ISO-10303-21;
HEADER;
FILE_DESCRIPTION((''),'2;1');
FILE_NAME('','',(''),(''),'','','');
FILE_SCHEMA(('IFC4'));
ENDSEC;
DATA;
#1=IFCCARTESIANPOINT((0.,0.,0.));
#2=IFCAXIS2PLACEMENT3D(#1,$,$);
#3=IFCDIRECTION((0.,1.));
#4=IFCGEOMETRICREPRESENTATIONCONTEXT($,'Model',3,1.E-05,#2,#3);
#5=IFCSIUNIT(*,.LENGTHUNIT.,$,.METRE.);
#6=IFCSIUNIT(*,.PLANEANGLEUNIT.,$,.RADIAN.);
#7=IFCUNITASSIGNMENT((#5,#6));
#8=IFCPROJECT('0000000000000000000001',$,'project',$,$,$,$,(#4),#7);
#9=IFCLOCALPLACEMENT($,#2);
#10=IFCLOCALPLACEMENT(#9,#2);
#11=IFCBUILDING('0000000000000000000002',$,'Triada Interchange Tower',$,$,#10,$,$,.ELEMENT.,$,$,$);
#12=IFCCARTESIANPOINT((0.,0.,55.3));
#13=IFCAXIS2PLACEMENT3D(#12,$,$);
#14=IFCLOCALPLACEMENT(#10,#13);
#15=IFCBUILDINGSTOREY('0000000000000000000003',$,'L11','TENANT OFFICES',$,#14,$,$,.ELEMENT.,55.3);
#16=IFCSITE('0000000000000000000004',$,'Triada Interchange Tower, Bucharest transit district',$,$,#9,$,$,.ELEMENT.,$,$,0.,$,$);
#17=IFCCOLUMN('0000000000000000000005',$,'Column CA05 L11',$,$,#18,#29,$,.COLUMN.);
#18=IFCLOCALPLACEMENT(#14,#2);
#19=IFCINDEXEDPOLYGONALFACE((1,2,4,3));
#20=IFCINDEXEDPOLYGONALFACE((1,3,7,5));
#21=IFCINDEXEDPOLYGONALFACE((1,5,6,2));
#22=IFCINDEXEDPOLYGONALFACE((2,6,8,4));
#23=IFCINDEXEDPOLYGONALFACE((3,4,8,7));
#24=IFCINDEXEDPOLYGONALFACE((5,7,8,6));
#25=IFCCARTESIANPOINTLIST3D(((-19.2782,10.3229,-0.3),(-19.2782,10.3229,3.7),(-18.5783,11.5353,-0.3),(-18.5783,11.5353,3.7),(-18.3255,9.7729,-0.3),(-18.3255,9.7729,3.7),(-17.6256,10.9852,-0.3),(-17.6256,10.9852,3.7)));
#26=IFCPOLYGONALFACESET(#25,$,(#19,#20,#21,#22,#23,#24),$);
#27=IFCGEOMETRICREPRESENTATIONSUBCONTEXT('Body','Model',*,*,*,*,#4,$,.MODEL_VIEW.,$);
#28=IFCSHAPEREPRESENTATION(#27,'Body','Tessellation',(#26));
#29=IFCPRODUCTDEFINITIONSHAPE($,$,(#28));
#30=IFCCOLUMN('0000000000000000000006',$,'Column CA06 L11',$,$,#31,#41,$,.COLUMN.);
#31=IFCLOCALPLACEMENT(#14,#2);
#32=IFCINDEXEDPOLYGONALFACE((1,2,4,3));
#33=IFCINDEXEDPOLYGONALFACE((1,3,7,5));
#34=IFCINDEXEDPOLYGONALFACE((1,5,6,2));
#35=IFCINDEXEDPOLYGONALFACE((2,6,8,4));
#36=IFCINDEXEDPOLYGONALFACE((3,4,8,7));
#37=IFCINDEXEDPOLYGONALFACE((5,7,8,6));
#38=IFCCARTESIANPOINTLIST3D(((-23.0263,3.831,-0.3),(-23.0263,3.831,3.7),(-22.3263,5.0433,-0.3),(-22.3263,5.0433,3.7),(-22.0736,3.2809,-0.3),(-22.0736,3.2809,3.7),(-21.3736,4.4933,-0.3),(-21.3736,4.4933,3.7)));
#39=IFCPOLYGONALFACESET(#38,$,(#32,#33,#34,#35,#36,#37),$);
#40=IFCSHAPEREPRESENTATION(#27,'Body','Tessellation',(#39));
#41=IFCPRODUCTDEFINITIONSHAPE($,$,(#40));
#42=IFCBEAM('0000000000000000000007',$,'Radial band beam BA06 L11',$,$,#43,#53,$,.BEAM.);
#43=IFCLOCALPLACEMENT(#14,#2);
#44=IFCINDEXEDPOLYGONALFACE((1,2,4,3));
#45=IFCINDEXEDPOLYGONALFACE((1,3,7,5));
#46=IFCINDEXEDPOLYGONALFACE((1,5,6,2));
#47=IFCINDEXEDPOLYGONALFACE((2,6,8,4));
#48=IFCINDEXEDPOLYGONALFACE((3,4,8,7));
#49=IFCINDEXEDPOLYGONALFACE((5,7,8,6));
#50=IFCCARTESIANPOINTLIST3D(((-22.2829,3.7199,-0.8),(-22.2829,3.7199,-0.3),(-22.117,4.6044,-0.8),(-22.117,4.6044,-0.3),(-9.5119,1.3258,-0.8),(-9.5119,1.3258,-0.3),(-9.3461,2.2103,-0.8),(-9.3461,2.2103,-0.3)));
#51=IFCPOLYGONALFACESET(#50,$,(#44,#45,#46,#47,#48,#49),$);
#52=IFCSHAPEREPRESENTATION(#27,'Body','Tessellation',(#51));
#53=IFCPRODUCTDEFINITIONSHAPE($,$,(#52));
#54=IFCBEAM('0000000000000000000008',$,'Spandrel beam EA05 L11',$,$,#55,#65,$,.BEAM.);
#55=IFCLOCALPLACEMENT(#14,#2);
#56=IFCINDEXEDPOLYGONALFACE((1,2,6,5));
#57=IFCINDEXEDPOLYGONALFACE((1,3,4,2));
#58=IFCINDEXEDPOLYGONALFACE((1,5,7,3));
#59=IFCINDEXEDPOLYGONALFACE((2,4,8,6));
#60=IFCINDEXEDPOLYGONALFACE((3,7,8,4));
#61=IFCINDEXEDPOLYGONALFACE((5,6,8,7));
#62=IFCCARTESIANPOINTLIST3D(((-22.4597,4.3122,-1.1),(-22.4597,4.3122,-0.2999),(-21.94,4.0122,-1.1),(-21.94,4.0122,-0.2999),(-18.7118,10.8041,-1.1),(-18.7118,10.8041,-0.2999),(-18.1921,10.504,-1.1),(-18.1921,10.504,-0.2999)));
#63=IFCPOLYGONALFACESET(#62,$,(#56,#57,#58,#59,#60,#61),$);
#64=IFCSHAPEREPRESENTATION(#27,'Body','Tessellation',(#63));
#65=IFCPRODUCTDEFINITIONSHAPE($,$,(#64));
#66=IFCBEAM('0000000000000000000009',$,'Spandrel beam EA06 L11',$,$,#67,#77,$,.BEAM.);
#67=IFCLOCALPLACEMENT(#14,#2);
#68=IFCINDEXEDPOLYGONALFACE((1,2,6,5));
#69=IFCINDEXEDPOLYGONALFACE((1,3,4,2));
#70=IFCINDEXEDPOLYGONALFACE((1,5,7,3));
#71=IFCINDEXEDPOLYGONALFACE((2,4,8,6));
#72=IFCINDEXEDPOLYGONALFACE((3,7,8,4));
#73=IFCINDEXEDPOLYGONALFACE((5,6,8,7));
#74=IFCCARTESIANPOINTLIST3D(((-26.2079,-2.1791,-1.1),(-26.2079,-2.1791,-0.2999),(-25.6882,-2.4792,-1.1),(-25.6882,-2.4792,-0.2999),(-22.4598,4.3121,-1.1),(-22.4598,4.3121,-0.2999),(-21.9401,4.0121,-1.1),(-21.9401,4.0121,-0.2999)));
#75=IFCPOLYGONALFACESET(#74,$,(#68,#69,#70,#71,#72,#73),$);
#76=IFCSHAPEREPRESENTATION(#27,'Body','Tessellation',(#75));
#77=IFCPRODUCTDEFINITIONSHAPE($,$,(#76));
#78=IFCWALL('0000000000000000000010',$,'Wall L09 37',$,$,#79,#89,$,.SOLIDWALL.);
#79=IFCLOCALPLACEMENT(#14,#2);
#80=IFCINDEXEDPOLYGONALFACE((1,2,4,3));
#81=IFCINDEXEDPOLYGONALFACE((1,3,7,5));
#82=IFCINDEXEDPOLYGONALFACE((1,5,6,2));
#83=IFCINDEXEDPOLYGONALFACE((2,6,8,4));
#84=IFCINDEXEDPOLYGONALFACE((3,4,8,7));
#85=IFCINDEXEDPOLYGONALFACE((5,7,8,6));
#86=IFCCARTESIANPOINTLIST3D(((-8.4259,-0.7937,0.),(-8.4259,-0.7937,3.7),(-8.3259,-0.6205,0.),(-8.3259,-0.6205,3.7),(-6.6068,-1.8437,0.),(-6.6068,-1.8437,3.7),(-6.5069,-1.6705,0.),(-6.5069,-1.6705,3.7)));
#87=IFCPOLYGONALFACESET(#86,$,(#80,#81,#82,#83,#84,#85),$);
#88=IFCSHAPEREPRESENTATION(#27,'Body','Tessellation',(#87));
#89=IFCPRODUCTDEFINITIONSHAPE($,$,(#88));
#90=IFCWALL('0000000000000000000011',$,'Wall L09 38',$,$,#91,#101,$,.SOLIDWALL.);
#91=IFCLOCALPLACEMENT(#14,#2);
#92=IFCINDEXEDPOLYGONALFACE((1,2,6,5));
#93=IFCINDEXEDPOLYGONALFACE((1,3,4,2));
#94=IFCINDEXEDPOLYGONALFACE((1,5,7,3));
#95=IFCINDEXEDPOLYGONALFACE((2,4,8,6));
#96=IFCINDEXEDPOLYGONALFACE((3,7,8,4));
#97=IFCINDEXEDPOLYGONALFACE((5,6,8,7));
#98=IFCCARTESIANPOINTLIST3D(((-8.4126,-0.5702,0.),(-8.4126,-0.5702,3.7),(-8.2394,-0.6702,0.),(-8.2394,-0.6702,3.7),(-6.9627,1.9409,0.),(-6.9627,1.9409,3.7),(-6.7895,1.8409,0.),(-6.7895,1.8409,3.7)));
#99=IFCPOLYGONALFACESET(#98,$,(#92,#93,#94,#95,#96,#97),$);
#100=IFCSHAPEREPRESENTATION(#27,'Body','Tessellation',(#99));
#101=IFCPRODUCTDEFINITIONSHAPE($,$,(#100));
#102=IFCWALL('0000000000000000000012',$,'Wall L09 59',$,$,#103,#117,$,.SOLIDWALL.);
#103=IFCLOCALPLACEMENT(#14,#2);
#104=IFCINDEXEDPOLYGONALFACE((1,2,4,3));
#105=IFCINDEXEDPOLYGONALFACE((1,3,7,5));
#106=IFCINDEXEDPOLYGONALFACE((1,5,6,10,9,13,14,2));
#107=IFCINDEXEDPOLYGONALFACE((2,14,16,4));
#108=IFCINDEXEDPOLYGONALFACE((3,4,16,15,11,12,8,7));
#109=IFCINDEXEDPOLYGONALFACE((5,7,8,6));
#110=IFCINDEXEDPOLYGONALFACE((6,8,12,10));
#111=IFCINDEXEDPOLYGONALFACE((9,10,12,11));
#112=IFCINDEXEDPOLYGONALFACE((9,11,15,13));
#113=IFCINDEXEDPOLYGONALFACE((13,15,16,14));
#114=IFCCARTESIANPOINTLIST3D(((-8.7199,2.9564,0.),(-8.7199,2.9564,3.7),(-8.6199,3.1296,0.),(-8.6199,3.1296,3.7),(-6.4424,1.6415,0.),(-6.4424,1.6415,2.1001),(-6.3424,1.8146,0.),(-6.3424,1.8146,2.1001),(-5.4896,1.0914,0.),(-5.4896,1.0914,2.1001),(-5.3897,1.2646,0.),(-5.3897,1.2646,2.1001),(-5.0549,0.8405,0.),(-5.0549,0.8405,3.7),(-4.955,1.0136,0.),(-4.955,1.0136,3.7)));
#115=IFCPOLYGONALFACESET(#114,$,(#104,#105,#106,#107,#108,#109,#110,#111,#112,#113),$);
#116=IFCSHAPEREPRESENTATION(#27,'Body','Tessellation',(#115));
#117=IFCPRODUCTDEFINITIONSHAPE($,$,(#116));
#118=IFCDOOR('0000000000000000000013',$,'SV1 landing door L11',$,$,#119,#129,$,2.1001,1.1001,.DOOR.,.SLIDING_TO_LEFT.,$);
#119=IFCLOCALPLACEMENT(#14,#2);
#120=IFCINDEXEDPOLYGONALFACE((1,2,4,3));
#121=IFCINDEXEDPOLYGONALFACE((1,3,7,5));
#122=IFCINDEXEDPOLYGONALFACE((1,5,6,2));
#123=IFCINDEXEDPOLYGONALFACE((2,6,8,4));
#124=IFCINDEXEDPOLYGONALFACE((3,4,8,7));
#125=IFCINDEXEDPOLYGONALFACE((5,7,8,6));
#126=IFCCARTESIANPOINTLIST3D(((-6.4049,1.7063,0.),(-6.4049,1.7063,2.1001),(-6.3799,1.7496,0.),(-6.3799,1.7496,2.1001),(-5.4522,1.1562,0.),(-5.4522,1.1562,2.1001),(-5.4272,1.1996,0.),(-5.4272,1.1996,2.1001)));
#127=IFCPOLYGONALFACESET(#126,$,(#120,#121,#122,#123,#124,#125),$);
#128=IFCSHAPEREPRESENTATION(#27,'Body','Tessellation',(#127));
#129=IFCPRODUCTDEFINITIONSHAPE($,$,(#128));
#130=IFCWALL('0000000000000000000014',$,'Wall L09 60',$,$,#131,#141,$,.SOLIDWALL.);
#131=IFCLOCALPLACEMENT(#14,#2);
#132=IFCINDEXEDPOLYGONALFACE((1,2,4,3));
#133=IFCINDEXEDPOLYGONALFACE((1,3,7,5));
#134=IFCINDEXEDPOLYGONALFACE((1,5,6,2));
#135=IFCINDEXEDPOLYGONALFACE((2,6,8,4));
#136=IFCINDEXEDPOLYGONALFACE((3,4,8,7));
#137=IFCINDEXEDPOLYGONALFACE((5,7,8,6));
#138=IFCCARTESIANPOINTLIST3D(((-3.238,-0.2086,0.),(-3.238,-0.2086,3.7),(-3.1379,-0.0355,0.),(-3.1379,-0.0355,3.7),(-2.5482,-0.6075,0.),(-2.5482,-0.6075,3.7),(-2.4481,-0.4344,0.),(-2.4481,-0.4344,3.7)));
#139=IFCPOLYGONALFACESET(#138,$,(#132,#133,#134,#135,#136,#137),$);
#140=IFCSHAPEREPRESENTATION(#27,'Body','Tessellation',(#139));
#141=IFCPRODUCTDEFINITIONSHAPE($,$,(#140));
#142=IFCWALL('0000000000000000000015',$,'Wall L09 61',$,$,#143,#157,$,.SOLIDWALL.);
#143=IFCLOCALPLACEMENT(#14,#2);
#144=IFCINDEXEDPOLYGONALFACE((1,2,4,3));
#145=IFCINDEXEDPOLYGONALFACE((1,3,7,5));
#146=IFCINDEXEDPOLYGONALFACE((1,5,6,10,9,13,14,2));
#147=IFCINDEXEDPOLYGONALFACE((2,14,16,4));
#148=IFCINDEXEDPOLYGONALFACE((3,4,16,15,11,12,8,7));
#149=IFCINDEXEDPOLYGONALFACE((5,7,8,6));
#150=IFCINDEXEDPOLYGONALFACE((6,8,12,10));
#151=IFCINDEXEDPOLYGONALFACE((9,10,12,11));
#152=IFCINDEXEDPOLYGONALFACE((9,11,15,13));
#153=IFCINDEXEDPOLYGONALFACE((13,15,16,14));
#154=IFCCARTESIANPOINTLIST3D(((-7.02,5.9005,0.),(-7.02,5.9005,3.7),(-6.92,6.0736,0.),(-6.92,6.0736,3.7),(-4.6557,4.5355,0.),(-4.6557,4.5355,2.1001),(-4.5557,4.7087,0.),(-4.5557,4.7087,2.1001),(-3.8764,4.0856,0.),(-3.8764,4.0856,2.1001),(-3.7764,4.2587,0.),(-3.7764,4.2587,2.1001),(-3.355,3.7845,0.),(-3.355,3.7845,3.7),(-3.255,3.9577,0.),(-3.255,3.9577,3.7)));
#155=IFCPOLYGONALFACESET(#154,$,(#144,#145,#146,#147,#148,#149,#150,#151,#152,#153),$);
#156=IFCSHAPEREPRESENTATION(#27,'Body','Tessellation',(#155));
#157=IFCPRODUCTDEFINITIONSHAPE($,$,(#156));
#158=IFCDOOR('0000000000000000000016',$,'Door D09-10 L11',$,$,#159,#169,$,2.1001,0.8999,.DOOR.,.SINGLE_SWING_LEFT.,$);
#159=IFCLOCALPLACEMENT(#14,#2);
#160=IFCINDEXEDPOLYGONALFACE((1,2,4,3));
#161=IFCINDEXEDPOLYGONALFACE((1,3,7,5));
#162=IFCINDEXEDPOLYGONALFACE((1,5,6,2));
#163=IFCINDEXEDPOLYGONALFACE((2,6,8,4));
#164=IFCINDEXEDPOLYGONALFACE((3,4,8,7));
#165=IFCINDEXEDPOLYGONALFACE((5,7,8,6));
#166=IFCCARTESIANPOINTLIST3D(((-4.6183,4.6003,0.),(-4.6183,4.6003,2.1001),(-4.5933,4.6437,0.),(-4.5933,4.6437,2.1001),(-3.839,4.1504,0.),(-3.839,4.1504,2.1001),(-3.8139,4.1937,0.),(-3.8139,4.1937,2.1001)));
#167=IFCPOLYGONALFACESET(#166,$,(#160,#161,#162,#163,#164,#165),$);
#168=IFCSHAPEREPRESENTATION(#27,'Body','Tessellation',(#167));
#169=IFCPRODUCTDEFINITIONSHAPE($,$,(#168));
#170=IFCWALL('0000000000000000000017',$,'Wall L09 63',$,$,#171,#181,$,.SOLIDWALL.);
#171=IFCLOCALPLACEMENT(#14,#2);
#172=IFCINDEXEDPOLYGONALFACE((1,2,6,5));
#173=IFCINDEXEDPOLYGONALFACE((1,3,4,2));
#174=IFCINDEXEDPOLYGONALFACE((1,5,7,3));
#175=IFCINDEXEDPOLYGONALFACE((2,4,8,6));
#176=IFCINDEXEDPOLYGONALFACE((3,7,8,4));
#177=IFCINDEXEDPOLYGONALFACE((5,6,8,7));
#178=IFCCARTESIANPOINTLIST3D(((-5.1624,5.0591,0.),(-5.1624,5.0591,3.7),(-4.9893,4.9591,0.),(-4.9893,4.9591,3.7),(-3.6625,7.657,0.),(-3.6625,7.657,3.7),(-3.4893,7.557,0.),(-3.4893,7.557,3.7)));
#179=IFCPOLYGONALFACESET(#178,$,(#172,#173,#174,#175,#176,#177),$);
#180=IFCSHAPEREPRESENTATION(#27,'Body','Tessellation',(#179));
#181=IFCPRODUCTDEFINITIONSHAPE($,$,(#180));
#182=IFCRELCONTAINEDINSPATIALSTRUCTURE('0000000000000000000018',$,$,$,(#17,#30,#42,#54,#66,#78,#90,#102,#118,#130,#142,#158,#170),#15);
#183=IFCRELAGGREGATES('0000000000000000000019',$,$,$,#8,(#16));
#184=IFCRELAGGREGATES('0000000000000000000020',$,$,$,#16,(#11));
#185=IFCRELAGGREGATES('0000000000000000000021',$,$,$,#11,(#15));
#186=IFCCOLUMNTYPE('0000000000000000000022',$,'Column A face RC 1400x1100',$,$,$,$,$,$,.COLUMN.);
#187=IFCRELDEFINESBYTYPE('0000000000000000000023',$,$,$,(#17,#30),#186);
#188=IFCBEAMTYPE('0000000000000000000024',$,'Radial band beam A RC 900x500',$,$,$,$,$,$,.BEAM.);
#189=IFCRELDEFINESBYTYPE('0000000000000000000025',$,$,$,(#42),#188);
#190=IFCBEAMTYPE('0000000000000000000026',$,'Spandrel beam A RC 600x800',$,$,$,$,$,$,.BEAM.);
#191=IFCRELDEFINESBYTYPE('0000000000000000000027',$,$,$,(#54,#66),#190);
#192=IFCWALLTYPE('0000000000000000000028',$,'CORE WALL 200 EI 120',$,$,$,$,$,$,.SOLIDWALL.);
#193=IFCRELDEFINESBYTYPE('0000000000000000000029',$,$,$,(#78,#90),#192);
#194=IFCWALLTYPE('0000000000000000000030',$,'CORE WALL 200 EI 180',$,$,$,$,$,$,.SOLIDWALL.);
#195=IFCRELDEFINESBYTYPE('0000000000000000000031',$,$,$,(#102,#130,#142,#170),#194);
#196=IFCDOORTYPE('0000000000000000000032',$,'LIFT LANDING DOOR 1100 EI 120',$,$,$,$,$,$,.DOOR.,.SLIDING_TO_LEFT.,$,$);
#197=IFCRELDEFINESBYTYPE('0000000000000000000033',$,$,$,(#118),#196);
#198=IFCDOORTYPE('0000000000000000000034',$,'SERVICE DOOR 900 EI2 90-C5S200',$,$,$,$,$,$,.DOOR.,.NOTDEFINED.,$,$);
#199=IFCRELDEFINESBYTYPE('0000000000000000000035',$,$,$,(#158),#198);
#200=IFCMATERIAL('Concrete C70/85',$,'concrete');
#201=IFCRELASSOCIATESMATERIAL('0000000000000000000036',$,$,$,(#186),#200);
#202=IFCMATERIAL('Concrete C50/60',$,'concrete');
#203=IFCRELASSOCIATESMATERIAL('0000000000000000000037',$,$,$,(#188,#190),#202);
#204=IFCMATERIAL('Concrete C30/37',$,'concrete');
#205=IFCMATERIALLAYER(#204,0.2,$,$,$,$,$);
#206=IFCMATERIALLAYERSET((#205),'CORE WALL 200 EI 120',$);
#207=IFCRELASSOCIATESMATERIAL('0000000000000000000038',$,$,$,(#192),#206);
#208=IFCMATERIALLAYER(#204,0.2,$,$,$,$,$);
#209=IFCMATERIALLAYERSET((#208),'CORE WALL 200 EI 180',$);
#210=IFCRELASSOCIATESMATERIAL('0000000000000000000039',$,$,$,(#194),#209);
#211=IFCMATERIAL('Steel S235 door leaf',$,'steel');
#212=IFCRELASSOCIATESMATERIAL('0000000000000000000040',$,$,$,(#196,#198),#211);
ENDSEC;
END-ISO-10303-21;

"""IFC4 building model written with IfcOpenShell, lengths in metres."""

from ifc_helpers import new_model, si_unit, direction, frame, frame_2d, origin, origin_2d, place, context, subcontext, project, spatial, rectangle, extrude, material, layer, layer_set, material_profile, profile_set, type_object, element, fill, save


model = new_model("IFC4")

# Units and contexts
model_context = context("Model", 3, precision=1e-05, world=origin(), true_north=direction((0.0, 1.0)))
body_context = subcontext(model_context, "Body", "Model", "MODEL_VIEW")
ifc_project = project(units=[si_unit("LENGTHUNIT", "METRE"), si_unit("PLANEANGLEUNIT", "RADIAN")], contexts=[model_context])

# Site, building, storey
site_placement = place(None, origin())
site = spatial("IfcSite", under=ifc_project, at=site_placement, Name="Triada Interchange Tower, Bucharest transit district", CompositionType="ELEMENT", RefElevation=0.0)
building_placement = place(site_placement, origin())
building = spatial("IfcBuilding", under=site, at=building_placement, Name="Triada Interchange Tower", CompositionType="ELEMENT")
storey_placement = place(building_placement, frame((0.0, 0.0, 55.3)))
storey = spatial("IfcBuildingStorey", under=building, at=storey_placement, Name="L11", Description="TENANT OFFICES", CompositionType="ELEMENT", Elevation=55.3)

# Columns
ifc_material_1 = material(Name="Concrete C70/85", Category="concrete")
ifc_material_profile_1 = material_profile(ifc_material_1, rectangle(XDim=1.3999, YDim=1.1001, at=origin_2d()), Name="RC 1400x1100")
ifc_profile_set_1 = profile_set([ifc_material_profile_1], Name="Concrete C70/85")
column_type = type_object("IfcColumnType", Name="Column A face RC 1400x1100", PredefinedType="COLUMN", material=ifc_profile_set_1)
for number, where, z_axis, x_axis, name in (
    (1, (-18.4519, 10.6541, -0.3), (0.0, 0.0, 1.0), (0.5, 0.866025, 0.0), "Column CA05 L11"),
    (2, (-22.2, 4.1621, -0.3), (0.0, 0.0, 1.0), (0.5, 0.866025, 0.0), "Column CA06 L11"),
):
    element("IfcColumn", number, at=place(storey_placement, frame(where, z_axis=z_axis, x_axis=x_axis)), inside=storey, type_object=column_type, Name=name, PredefinedType="COLUMN", context=body_context, shape_type="SweptSolid", body=[
        extrude(rectangle(XDim=1.3999, YDim=1.1001, at=origin_2d()), origin(), (0.0, 0.0, 1.0), 4.0),
    ])

# Beams
ifc_material_2 = material(Name="Concrete C50/60", Category="concrete")
ifc_material_profile_2 = material_profile(ifc_material_2, rectangle(XDim=0.8999, YDim=0.5, at=origin_2d()), Name="RC 900x500")
ifc_profile_set_2 = profile_set([ifc_material_profile_2], Name="Concrete C50/60")
beam_type_1 = type_object("IfcBeamType", Name="Radial band beam A RC 900x500", PredefinedType="BEAM", material=ifc_profile_set_2)
beam_1_placement = place(storey_placement, frame((-22.2, 4.1621, -0.55), z_axis=(0.982879, -0.18425, 0.0), x_axis=(0.18425, 0.982879, 0.0)))
element("IfcBeam", 3, at=beam_1_placement, inside=storey, type_object=beam_type_1, Name="Radial band beam BA06 L11", PredefinedType="BEAM", context=body_context, shape_type="SweptSolid", body=[
    extrude(rectangle(XDim=0.8999, YDim=0.5, at=origin_2d()), origin(), (0.0, 0.0, 1.0), 12.9934),
])
ifc_material_profile_3 = material_profile(ifc_material_2, rectangle(XDim=0.6001, YDim=0.8, at=origin_2d()), Name="RC 600x800")
ifc_profile_set_3 = profile_set([ifc_material_profile_3], Name="Concrete C50/60")
beam_type_2 = type_object("IfcBeamType", Name="Spandrel beam A RC 600x800", PredefinedType="BEAM", material=ifc_profile_set_3)
beam_2_placement = place(storey_placement, frame((-18.4519, 10.6541, -0.7), z_axis=(-0.499992, -0.86603, 0.0), x_axis=(0.86603, -0.499992, 0.0)))
element("IfcBeam", 4, at=beam_2_placement, inside=storey, type_object=beam_type_2, Name="Spandrel beam EA05 L11", PredefinedType="BEAM", context=body_context, shape_type="SweptSolid", body=[
    extrude(rectangle(XDim=0.6001, YDim=0.8, at=origin_2d()), origin(), (0.0, 0.0, 1.0), 7.4961),
])
beam_3_placement = place(storey_placement, frame((-22.2, 4.1621, -0.7), z_axis=(-0.500034, -0.866006, 0.0), x_axis=(0.866006, -0.500034, 0.0)))
element("IfcBeam", 5, at=beam_3_placement, inside=storey, type_object=beam_type_2, Name="Spandrel beam EA06 L11", PredefinedType="BEAM", context=body_context, shape_type="SweptSolid", body=[
    extrude(rectangle(XDim=0.6001, YDim=0.8, at=origin_2d()), origin(), (0.0, 0.0, 1.0), 7.4956),
])

# Walls
ifc_material_3 = material(Name="Concrete C30/37", Category="concrete")
ifc_layer_1 = layer(ifc_material_3, 0.2)
ifc_layer_set_1 = layer_set([ifc_layer_1], Name="CORE WALL 200 EI 120")
wall_type_1 = type_object("IfcWallType", Name="CORE WALL 200 EI 120", PredefinedType="SOLIDWALL", material=ifc_layer_set_1)
wall_1_placement = place(storey_placement, frame((-8.376, -0.707, 0.0), z_axis=(0.0, 0.0, 1.0), x_axis=(0.866068, -0.499927, 0.0)))
element("IfcWall", 6, at=wall_1_placement, inside=storey, type_object=wall_type_1, Name="Wall L09 37", PredefinedType="SOLIDWALL", context=body_context, shape_type="SweptSolid", body=[
    extrude(rectangle(XDim=2.1003, YDim=0.2, at=frame_2d((1.0503, 0.0))), origin(), (0.0, 0.0, 1.0), 3.7),
])
wall_2_placement = place(storey_placement, frame((-8.3259, -0.6201, 0.0), z_axis=(0.0, 0.0, 1.0), x_axis=(0.500024, 0.866012, 0.0)))
element("IfcWall", 7, at=wall_2_placement, inside=storey, type_object=wall_type_1, Name="Wall L09 38", PredefinedType="SOLIDWALL", context=body_context, shape_type="SweptSolid", body=[
    extrude(rectangle(XDim=2.8997, YDim=0.2, at=frame_2d((1.4497, 0.0))), origin(), (0.0, 0.0, 1.0), 3.7),
])

# Wall, opening, door
ifc_layer_2 = layer(ifc_material_3, 0.2)
ifc_layer_set_2 = layer_set([ifc_layer_2], Name="CORE WALL 200 EI 180")
wall_type_2 = type_object("IfcWallType", Name="CORE WALL 200 EI 180", PredefinedType="SOLIDWALL", material=ifc_layer_set_2)
wall_3_placement = place(storey_placement, frame((-8.6699, 3.043, 0.0), z_axis=(0.0, 0.0, 1.0), x_axis=(0.86603, -0.499992, 0.0)))
wall_3 = element("IfcWall", 8, at=wall_3_placement, inside=storey, type_object=wall_type_2, Name="Wall L09 59", PredefinedType="SOLIDWALL", context=body_context, shape_type="SweptSolid", body=[
    extrude(rectangle(XDim=4.2319, YDim=0.2, at=frame_2d((2.116, 0.0))), origin(), (0.0, 0.0, 1.0), 3.7),
])
opening_1_placement = place(wall_3_placement, frame((2.6299, 0.0, 0.0)))
opening_1 = element("IfcOpeningElement", 9, at=opening_1_placement, cuts=wall_3, PredefinedType="OPENING", context=body_context, shape_type="SweptSolid", body=[
    extrude(rectangle(XDim=1.1001, YDim=2.1001, at=frame_2d((0.55, 1.05))), frame((0.0, 0.1099, 0.0), z_axis=(0.0, -1.0, 0.0), x_axis=(1.0, 0.0, 0.0)), (0.0, 0.0, 1.0), 0.22),
])
ifc_material_4 = material(Name="Steel S235 door leaf", Category="steel")
door_type_1 = type_object("IfcDoorType", Name="LIFT LANDING DOOR 1100 EI 120", OperationType="SLIDING_TO_LEFT", PredefinedType="DOOR", material=ifc_material_4)
door_1_placement = place(opening_1_placement, origin())
door_1 = element("IfcDoor", 10, at=door_1_placement, inside=storey, type_object=door_type_1, Name="SV1 landing door L11", OperationType="SLIDING_TO_LEFT", OverallHeight=2.1001, OverallWidth=1.1001, PredefinedType="DOOR", context=body_context, shape_type="SweptSolid", body=[
    extrude(rectangle(XDim=1.1001, YDim=2.1001, at=frame_2d((0.55, 1.05))), frame((0.0, 0.0249, 0.0), z_axis=(0.0, -1.0, 0.0), x_axis=(1.0, 0.0, 0.0)), (0.0, 0.0, 1.0), 0.05),
])
fill(opening_1, door_1)

# Wall
wall_4_placement = place(storey_placement, frame((-3.188, -0.1221, 0.0), z_axis=(0.0, 0.0, 1.0), x_axis=(0.865706, -0.500553, 0.0)))
element("IfcWall", 11, at=wall_4_placement, inside=storey, type_object=wall_type_2, Name="Wall L09 60", PredefinedType="SOLIDWALL", context=body_context, shape_type="SweptSolid", body=[
    extrude(rectangle(XDim=0.7969, YDim=0.2, at=frame_2d((0.3984, 0.0))), origin(), (0.0, 0.0, 1.0), 3.7),
])

# Wall, opening, door
wall_5_placement = place(storey_placement, frame((-6.97, 5.9871, 0.0), z_axis=(0.0, 0.0, 1.0), x_axis=(0.86603, -0.499992, 0.0)))
wall_5 = element("IfcWall", 12, at=wall_5_placement, inside=storey, type_object=wall_type_2, Name="Wall L09 61", PredefinedType="SOLIDWALL", context=body_context, shape_type="SweptSolid", body=[
    extrude(rectangle(XDim=4.2319, YDim=0.2, at=frame_2d((2.116, 0.0))), origin(), (0.0, 0.0, 1.0), 3.7),
])
opening_2_placement = place(wall_5_placement, frame((2.73, 0.0, 0.0)))
opening_2 = element("IfcOpeningElement", 13, at=opening_2_placement, cuts=wall_5, PredefinedType="OPENING", context=body_context, shape_type="SweptSolid", body=[
    extrude(rectangle(XDim=0.8999, YDim=2.1001, at=frame_2d((0.45, 1.05))), frame((0.0, 0.1099, 0.0), z_axis=(0.0, -1.0, 0.0), x_axis=(1.0, 0.0, 0.0)), (0.0, 0.0, 1.0), 0.22),
])
door_type_2 = type_object("IfcDoorType", Name="SERVICE DOOR 900 EI2 90-C5S200", OperationType="NOTDEFINED", PredefinedType="DOOR", material=ifc_material_4)
door_2_placement = place(opening_2_placement, origin())
door_2 = element("IfcDoor", 14, at=door_2_placement, inside=storey, type_object=door_type_2, Name="Door D09-10 L11", OperationType="SINGLE_SWING_LEFT", OverallHeight=2.1001, OverallWidth=0.8999, PredefinedType="DOOR", context=body_context, shape_type="SweptSolid", body=[
    extrude(rectangle(XDim=0.8999, YDim=2.1001, at=frame_2d((0.45, 1.05))), frame((0.0, 0.0249, 0.0), z_axis=(0.0, -1.0, 0.0), x_axis=(1.0, 0.0, 0.0)), (0.0, 0.0, 1.0), 0.05),
])
fill(opening_2, door_2)

# Wall
wall_6_placement = place(storey_placement, frame((-5.0759, 5.009, 0.0), z_axis=(0.0, 0.0, 1.0), x_axis=(0.500025, 0.866011, 0.0)))
element("IfcWall", 15, at=wall_6_placement, inside=storey, type_object=wall_type_2, Name="Wall L09 63", PredefinedType="SOLIDWALL", context=body_context, shape_type="SweptSolid", body=[
    extrude(rectangle(XDim=2.9998, YDim=0.2, at=frame_2d((1.5, 0.0))), origin(), (0.0, 0.0, 1.0), 3.7),
])

save(model, "model.ifc")
